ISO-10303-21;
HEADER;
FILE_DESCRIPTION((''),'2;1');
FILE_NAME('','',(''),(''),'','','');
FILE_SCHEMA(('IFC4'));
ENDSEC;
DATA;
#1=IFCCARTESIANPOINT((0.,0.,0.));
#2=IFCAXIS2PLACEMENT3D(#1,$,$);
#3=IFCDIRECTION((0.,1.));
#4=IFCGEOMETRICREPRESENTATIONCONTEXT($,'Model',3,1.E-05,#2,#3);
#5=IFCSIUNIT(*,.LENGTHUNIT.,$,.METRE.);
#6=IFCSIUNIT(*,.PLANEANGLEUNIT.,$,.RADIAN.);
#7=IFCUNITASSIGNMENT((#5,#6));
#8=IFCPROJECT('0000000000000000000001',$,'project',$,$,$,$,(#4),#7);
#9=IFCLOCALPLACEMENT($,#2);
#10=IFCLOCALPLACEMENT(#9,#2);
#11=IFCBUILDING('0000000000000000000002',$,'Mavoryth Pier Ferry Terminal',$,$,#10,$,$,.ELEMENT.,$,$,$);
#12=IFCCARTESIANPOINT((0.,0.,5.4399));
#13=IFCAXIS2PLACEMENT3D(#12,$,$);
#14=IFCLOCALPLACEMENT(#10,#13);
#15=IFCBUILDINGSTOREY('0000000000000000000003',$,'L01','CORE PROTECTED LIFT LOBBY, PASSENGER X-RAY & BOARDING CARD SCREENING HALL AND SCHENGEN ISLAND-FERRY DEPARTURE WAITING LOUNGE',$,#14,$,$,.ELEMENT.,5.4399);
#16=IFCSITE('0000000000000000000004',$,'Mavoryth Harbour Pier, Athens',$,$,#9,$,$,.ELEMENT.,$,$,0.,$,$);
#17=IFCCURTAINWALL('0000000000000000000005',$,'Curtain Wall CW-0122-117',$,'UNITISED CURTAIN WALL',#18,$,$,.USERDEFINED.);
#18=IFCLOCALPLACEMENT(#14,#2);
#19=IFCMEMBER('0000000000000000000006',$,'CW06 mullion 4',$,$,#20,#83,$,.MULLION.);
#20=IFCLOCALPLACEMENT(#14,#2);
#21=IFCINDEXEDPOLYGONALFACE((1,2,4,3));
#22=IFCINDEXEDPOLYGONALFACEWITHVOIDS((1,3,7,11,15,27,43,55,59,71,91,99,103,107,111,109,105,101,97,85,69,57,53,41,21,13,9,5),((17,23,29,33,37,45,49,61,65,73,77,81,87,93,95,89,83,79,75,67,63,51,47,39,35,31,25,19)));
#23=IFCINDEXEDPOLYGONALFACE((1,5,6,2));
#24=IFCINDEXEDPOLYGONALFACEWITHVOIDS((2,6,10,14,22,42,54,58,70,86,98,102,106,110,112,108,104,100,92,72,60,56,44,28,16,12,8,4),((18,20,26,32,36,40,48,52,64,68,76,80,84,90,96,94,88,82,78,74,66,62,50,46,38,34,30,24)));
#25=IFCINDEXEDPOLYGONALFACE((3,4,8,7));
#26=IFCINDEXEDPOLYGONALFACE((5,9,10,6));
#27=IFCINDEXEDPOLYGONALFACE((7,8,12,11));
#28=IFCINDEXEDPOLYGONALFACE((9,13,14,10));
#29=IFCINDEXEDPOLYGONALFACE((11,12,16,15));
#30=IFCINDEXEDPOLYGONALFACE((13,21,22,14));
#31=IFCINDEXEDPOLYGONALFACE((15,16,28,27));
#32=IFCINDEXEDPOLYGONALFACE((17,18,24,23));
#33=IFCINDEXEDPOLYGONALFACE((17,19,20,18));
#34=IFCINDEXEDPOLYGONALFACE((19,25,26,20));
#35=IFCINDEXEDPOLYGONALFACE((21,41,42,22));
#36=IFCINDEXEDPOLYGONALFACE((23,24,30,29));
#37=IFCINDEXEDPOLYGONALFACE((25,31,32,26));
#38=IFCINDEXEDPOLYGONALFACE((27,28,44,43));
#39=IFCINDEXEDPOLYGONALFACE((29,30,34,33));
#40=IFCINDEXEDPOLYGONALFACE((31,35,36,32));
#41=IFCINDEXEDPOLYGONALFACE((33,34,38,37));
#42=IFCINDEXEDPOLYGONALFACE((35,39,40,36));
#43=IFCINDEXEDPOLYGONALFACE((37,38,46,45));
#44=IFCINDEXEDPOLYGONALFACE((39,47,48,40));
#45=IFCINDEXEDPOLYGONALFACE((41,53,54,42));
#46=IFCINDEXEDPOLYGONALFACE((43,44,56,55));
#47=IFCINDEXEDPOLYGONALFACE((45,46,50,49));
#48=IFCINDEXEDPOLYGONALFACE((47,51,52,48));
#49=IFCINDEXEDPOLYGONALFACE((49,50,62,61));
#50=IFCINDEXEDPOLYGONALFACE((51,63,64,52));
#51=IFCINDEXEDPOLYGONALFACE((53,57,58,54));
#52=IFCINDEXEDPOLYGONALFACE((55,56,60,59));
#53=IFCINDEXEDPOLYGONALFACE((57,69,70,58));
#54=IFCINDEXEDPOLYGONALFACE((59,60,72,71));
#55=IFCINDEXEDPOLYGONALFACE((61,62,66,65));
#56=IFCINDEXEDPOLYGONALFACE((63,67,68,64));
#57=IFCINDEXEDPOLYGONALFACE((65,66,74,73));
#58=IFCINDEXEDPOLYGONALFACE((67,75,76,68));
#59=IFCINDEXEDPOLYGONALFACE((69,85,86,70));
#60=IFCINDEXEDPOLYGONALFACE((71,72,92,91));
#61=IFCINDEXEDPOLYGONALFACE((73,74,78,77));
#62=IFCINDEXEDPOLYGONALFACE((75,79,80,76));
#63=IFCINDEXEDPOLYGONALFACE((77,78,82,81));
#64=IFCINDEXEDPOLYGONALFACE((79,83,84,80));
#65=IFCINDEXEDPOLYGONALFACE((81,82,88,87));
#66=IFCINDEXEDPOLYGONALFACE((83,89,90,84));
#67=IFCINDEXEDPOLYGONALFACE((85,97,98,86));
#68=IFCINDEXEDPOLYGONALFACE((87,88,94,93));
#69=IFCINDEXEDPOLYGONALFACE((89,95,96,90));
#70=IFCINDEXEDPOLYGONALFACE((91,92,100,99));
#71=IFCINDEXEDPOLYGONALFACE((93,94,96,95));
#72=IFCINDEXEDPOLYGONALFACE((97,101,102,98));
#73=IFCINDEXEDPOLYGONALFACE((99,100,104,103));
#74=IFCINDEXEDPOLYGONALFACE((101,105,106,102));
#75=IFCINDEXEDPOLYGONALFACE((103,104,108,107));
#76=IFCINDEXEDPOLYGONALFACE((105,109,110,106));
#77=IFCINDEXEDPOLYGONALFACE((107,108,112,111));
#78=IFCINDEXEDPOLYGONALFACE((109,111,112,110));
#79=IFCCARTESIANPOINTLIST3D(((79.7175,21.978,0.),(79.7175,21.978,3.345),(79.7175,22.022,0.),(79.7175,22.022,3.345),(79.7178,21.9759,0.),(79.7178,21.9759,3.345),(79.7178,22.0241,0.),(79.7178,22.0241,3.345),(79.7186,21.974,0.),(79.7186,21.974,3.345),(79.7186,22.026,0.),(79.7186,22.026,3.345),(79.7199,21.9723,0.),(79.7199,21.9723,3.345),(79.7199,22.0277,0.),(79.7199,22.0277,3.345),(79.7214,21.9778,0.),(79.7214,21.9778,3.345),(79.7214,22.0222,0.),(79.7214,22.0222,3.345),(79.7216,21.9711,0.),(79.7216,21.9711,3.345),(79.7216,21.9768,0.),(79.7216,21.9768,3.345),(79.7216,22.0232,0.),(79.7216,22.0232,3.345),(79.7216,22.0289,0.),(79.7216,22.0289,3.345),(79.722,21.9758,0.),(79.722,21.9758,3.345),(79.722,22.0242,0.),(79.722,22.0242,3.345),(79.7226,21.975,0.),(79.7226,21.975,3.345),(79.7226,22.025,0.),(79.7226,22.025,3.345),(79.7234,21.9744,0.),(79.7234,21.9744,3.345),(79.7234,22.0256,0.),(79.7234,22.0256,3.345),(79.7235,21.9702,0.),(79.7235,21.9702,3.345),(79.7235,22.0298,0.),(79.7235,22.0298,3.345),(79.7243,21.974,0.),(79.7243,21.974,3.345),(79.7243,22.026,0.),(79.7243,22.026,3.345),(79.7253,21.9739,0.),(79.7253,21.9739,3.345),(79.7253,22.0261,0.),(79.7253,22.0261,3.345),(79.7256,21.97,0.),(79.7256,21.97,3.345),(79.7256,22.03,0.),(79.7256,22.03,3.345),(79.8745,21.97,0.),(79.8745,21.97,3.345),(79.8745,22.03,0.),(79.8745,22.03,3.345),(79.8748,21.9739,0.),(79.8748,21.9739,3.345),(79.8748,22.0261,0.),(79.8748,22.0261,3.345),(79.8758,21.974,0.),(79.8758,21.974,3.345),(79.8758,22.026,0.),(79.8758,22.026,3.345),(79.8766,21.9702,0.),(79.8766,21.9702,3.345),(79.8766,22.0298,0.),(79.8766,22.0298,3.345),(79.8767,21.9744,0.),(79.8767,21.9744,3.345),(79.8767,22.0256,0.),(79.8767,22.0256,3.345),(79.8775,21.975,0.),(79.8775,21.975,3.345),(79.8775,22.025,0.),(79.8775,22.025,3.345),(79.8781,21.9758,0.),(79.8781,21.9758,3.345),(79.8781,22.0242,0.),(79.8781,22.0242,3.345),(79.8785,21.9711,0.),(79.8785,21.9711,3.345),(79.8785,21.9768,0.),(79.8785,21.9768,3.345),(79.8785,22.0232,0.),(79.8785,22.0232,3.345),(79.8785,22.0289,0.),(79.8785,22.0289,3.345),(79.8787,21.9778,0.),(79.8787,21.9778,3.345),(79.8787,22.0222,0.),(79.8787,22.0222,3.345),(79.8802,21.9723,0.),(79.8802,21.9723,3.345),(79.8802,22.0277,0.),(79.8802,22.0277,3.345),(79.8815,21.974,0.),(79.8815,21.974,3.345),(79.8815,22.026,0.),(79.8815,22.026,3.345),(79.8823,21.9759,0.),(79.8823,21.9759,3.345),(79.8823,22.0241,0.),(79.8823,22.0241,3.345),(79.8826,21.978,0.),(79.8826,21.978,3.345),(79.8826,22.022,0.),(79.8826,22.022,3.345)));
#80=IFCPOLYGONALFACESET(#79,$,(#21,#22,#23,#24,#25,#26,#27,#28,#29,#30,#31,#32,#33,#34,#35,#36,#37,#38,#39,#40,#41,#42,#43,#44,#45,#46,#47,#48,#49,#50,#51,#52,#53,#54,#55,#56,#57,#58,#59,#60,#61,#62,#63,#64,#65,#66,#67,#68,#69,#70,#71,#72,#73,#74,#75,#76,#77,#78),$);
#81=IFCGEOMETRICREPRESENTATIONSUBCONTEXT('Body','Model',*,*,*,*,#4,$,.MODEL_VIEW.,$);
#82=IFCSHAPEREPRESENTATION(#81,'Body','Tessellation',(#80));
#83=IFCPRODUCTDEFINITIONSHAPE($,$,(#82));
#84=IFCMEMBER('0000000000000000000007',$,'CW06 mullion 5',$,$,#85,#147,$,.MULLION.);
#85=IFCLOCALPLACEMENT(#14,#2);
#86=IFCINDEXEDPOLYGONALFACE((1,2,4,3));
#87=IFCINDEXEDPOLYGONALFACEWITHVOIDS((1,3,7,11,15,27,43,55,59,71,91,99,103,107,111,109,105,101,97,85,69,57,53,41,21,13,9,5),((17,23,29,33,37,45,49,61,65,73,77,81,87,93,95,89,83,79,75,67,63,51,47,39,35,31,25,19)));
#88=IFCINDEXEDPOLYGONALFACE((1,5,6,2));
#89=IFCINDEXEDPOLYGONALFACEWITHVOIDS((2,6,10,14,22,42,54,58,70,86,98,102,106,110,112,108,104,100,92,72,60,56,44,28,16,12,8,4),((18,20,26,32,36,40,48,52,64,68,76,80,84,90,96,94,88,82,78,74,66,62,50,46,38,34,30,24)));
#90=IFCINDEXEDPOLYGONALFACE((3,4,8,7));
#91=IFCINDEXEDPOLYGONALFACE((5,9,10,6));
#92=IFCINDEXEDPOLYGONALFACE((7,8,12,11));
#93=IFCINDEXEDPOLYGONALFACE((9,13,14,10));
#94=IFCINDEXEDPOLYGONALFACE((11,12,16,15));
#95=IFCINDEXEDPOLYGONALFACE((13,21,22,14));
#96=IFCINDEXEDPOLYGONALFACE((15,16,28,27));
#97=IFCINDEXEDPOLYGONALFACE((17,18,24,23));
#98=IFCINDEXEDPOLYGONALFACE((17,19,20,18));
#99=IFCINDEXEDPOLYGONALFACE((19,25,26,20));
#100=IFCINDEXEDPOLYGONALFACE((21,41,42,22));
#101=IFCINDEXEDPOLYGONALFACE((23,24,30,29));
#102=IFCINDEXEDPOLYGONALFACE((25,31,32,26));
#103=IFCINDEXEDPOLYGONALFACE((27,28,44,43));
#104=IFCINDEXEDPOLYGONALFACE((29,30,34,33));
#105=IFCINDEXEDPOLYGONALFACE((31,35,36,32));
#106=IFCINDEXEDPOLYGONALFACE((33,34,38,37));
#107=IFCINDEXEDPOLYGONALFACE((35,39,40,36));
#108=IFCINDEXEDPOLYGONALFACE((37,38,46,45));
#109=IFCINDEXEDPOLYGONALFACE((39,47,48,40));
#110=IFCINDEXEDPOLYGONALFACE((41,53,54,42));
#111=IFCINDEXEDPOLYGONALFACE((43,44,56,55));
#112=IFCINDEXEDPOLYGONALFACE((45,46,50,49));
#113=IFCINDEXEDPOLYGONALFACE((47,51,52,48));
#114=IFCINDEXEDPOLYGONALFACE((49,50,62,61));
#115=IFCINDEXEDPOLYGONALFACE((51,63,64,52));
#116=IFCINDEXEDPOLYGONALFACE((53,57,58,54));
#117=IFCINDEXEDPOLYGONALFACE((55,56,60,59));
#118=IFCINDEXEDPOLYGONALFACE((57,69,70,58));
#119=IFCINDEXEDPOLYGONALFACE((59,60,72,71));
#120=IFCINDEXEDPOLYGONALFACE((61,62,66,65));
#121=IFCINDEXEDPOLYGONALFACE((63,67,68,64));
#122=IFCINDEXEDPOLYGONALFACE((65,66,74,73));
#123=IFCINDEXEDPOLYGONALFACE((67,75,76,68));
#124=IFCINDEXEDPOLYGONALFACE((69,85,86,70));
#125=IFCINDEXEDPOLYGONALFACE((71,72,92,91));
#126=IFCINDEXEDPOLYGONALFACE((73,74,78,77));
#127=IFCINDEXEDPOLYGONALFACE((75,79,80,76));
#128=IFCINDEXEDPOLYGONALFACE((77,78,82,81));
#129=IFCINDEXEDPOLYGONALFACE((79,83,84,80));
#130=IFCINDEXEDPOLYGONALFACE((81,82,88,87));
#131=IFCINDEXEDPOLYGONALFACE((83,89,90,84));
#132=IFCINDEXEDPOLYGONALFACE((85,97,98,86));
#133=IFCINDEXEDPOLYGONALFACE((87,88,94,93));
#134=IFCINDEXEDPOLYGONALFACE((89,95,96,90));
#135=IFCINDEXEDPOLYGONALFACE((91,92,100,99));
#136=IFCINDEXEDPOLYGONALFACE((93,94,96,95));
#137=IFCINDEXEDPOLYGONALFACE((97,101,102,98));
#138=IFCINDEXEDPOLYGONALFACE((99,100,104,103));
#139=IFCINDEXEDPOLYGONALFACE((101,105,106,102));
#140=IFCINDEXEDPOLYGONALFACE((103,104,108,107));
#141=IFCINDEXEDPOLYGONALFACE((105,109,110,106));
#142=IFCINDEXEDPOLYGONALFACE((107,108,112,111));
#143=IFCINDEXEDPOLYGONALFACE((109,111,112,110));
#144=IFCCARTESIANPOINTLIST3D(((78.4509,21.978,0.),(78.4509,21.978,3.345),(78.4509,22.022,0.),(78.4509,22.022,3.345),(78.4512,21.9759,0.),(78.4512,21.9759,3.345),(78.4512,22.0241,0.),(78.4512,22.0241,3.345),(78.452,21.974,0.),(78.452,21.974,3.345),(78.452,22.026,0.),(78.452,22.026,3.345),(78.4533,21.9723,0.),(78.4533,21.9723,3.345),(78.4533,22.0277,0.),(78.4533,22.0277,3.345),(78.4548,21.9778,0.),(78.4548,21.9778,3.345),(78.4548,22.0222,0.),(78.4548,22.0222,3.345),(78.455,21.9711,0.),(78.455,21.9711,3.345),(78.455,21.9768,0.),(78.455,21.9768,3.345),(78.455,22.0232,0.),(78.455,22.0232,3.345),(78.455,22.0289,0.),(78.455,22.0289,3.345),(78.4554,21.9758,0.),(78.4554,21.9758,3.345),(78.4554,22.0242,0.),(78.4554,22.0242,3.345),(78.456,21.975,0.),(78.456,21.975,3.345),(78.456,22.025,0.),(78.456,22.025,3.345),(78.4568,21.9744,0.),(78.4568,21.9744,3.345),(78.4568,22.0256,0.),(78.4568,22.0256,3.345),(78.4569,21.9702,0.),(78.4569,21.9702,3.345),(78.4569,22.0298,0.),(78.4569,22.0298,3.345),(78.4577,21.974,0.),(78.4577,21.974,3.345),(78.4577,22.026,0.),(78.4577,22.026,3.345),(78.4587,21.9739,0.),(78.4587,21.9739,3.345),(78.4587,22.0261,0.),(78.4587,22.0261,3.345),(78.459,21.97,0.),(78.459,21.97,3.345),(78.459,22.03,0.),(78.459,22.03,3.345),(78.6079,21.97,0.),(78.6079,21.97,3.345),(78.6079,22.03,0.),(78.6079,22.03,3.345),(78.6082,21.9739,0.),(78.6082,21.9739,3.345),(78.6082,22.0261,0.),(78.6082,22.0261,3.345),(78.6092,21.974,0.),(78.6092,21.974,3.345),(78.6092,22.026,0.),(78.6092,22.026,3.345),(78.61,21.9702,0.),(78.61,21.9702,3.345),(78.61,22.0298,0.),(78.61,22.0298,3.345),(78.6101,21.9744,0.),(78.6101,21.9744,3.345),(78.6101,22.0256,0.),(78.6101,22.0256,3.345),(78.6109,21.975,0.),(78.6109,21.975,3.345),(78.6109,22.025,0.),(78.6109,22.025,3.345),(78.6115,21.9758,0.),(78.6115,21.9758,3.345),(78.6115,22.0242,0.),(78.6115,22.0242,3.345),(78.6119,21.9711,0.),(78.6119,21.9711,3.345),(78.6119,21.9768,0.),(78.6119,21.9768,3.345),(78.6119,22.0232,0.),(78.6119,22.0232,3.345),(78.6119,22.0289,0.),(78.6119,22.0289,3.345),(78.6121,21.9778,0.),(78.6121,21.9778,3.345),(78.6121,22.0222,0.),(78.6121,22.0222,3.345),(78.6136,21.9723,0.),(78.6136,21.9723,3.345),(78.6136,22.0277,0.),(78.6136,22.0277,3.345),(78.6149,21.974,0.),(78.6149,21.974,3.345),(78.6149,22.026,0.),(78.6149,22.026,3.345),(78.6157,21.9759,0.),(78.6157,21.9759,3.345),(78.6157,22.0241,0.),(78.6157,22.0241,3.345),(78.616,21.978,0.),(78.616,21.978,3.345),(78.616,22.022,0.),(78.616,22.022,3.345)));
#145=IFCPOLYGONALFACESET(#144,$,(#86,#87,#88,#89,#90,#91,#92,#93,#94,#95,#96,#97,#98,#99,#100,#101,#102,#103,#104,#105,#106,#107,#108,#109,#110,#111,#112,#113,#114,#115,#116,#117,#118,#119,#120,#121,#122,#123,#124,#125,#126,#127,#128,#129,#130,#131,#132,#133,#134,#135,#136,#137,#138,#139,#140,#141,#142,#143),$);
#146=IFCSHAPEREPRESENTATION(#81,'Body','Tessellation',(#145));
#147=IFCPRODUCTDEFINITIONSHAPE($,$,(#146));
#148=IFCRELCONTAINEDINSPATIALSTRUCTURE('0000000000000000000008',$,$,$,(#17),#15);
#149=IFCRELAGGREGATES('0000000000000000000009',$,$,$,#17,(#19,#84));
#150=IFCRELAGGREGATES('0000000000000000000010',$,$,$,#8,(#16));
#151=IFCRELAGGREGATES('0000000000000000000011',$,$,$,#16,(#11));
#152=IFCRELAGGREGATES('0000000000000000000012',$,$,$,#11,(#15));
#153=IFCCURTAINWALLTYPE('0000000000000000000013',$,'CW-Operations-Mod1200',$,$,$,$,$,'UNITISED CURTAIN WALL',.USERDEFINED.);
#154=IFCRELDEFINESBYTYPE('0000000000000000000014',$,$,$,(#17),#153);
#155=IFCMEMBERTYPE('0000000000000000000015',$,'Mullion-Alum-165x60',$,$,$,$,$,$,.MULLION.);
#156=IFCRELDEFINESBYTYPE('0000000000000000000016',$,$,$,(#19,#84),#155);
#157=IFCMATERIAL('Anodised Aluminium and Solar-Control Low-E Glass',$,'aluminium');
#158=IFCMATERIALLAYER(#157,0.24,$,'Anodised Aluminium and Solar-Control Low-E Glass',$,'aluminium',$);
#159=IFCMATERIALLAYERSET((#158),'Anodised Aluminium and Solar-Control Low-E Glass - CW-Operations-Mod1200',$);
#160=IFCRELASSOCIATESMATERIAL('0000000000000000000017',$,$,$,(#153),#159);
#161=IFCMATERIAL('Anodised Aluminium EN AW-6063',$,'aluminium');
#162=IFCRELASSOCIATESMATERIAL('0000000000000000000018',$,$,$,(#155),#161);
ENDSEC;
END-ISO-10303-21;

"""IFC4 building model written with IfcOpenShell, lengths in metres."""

from ifc_helpers import new_model, si_unit, direction, frame, origin, origin_2d, place, context, subcontext, project, spatial, hollow_rectangle, extrude, material, layer, layer_set, material_profile, profile_set, type_object, element, aggregate, save


model = new_model("IFC4")

# Units and contexts
model_context = context("Model", 3, precision=1e-05, world=origin(), true_north=direction((0.0, 1.0)))
body_context = subcontext(model_context, "Body", "Model", "MODEL_VIEW")
ifc_project = project(units=[si_unit("LENGTHUNIT", "METRE"), si_unit("PLANEANGLEUNIT", "RADIAN")], contexts=[model_context])

# Site, building, storey
site_placement = place(None, origin())
site = spatial("IfcSite", under=ifc_project, at=site_placement, Name="Mavoryth Harbour Pier, Athens", CompositionType="ELEMENT", RefElevation=0.0)
building_placement = place(site_placement, origin())
building = spatial("IfcBuilding", under=site, at=building_placement, Name="Mavoryth Pier Ferry Terminal", CompositionType="ELEMENT")
storey_placement = place(building_placement, frame((0.0, 0.0, 5.4399)))
storey = spatial("IfcBuildingStorey", under=building, at=storey_placement, Name="L01", Description="CORE PROTECTED LIFT LOBBY, PASSENGER X-RAY & BOARDING CARD SCREENING HALL AND SCHENGEN ISLAND-FERRY DEPARTURE WAITING LOUNGE", CompositionType="ELEMENT", Elevation=5.4399)

# Curtain wall, members
ifc_material_1 = material(Name="Anodised Aluminium and Solar-Control Low-E Glass", Category="aluminium")
ifc_layer_1 = layer(ifc_material_1, 0.24, Name="Anodised Aluminium and Solar-Control Low-E Glass", Category="aluminium")
ifc_layer_set_1 = layer_set([ifc_layer_1], Name="Anodised Aluminium and Solar-Control Low-E Glass - CW-Operations-Mod1200")
curtain_wall_type = type_object("IfcCurtainWallType", Name="CW-Operations-Mod1200", ElementType="UNITISED CURTAIN WALL", PredefinedType="USERDEFINED", material=ifc_layer_set_1)
ifc_material_2 = material(Name="Anodised Aluminium EN AW-6063", Category="aluminium")
ifc_material_profile_1 = material_profile(ifc_material_2, hollow_rectangle(XDim=0.0601, YDim=0.165, WallThickness=0.0039, InnerFilletRadius=0.0039, OuterFilletRadius=0.0081, at=origin_2d()), Name="AL-MULL 165x60x4", Category="aluminium")
ifc_profile_set_1 = profile_set([ifc_material_profile_1], Name="Anodised Aluminium EN AW-6063 - AL-MULL 165x60x4")
member_type_1 = type_object("IfcMemberType", Name="Mullion-Alum-165x60", PredefinedType="MULLION", material=ifc_profile_set_1)
curtain_wall_1_placement = place(storey_placement, origin())
curtain_wall_1 = element("IfcCurtainWall", 1, at=curtain_wall_1_placement, inside=storey, type_object=curtain_wall_type, Name="Curtain Wall CW-0122-117", ObjectType="UNITISED CURTAIN WALL", PredefinedType="USERDEFINED")
member_1_placement = place(storey_placement, frame((79.8, 22.0, 0.0), z_axis=(0.0, 0.0, 1.0), x_axis=(0.0, -1.0, 0.0)))
member_1 = element("IfcMember", 2, at=member_1_placement, type_object=member_type_1, Name="CW06 mullion 4", PredefinedType="MULLION", context=body_context, shape_type="SweptSolid", body=[
    extrude(hollow_rectangle(XDim=0.0601, YDim=0.165, WallThickness=0.0039, InnerFilletRadius=0.0039, OuterFilletRadius=0.0081, at=origin_2d()), origin(), (0.0, 0.0, 1.0), 3.345),
])
member_2_placement = place(storey_placement, frame((78.5334, 22.0, 0.0), z_axis=(0.0, 0.0, 1.0), x_axis=(0.0, -1.0, 0.0)))
member_2 = element("IfcMember", 3, at=member_2_placement, type_object=member_type_1, Name="CW06 mullion 5", PredefinedType="MULLION", context=body_context, shape_type="SweptSolid", body=[
    extrude(hollow_rectangle(XDim=0.0601, YDim=0.165, WallThickness=0.0039, InnerFilletRadius=0.0039, OuterFilletRadius=0.0081, at=origin_2d()), origin(), (0.0, 0.0, 1.0), 3.345),
])

aggregate(curtain_wall_1, [member_1, member_2])

save(model, "model.ifc")
